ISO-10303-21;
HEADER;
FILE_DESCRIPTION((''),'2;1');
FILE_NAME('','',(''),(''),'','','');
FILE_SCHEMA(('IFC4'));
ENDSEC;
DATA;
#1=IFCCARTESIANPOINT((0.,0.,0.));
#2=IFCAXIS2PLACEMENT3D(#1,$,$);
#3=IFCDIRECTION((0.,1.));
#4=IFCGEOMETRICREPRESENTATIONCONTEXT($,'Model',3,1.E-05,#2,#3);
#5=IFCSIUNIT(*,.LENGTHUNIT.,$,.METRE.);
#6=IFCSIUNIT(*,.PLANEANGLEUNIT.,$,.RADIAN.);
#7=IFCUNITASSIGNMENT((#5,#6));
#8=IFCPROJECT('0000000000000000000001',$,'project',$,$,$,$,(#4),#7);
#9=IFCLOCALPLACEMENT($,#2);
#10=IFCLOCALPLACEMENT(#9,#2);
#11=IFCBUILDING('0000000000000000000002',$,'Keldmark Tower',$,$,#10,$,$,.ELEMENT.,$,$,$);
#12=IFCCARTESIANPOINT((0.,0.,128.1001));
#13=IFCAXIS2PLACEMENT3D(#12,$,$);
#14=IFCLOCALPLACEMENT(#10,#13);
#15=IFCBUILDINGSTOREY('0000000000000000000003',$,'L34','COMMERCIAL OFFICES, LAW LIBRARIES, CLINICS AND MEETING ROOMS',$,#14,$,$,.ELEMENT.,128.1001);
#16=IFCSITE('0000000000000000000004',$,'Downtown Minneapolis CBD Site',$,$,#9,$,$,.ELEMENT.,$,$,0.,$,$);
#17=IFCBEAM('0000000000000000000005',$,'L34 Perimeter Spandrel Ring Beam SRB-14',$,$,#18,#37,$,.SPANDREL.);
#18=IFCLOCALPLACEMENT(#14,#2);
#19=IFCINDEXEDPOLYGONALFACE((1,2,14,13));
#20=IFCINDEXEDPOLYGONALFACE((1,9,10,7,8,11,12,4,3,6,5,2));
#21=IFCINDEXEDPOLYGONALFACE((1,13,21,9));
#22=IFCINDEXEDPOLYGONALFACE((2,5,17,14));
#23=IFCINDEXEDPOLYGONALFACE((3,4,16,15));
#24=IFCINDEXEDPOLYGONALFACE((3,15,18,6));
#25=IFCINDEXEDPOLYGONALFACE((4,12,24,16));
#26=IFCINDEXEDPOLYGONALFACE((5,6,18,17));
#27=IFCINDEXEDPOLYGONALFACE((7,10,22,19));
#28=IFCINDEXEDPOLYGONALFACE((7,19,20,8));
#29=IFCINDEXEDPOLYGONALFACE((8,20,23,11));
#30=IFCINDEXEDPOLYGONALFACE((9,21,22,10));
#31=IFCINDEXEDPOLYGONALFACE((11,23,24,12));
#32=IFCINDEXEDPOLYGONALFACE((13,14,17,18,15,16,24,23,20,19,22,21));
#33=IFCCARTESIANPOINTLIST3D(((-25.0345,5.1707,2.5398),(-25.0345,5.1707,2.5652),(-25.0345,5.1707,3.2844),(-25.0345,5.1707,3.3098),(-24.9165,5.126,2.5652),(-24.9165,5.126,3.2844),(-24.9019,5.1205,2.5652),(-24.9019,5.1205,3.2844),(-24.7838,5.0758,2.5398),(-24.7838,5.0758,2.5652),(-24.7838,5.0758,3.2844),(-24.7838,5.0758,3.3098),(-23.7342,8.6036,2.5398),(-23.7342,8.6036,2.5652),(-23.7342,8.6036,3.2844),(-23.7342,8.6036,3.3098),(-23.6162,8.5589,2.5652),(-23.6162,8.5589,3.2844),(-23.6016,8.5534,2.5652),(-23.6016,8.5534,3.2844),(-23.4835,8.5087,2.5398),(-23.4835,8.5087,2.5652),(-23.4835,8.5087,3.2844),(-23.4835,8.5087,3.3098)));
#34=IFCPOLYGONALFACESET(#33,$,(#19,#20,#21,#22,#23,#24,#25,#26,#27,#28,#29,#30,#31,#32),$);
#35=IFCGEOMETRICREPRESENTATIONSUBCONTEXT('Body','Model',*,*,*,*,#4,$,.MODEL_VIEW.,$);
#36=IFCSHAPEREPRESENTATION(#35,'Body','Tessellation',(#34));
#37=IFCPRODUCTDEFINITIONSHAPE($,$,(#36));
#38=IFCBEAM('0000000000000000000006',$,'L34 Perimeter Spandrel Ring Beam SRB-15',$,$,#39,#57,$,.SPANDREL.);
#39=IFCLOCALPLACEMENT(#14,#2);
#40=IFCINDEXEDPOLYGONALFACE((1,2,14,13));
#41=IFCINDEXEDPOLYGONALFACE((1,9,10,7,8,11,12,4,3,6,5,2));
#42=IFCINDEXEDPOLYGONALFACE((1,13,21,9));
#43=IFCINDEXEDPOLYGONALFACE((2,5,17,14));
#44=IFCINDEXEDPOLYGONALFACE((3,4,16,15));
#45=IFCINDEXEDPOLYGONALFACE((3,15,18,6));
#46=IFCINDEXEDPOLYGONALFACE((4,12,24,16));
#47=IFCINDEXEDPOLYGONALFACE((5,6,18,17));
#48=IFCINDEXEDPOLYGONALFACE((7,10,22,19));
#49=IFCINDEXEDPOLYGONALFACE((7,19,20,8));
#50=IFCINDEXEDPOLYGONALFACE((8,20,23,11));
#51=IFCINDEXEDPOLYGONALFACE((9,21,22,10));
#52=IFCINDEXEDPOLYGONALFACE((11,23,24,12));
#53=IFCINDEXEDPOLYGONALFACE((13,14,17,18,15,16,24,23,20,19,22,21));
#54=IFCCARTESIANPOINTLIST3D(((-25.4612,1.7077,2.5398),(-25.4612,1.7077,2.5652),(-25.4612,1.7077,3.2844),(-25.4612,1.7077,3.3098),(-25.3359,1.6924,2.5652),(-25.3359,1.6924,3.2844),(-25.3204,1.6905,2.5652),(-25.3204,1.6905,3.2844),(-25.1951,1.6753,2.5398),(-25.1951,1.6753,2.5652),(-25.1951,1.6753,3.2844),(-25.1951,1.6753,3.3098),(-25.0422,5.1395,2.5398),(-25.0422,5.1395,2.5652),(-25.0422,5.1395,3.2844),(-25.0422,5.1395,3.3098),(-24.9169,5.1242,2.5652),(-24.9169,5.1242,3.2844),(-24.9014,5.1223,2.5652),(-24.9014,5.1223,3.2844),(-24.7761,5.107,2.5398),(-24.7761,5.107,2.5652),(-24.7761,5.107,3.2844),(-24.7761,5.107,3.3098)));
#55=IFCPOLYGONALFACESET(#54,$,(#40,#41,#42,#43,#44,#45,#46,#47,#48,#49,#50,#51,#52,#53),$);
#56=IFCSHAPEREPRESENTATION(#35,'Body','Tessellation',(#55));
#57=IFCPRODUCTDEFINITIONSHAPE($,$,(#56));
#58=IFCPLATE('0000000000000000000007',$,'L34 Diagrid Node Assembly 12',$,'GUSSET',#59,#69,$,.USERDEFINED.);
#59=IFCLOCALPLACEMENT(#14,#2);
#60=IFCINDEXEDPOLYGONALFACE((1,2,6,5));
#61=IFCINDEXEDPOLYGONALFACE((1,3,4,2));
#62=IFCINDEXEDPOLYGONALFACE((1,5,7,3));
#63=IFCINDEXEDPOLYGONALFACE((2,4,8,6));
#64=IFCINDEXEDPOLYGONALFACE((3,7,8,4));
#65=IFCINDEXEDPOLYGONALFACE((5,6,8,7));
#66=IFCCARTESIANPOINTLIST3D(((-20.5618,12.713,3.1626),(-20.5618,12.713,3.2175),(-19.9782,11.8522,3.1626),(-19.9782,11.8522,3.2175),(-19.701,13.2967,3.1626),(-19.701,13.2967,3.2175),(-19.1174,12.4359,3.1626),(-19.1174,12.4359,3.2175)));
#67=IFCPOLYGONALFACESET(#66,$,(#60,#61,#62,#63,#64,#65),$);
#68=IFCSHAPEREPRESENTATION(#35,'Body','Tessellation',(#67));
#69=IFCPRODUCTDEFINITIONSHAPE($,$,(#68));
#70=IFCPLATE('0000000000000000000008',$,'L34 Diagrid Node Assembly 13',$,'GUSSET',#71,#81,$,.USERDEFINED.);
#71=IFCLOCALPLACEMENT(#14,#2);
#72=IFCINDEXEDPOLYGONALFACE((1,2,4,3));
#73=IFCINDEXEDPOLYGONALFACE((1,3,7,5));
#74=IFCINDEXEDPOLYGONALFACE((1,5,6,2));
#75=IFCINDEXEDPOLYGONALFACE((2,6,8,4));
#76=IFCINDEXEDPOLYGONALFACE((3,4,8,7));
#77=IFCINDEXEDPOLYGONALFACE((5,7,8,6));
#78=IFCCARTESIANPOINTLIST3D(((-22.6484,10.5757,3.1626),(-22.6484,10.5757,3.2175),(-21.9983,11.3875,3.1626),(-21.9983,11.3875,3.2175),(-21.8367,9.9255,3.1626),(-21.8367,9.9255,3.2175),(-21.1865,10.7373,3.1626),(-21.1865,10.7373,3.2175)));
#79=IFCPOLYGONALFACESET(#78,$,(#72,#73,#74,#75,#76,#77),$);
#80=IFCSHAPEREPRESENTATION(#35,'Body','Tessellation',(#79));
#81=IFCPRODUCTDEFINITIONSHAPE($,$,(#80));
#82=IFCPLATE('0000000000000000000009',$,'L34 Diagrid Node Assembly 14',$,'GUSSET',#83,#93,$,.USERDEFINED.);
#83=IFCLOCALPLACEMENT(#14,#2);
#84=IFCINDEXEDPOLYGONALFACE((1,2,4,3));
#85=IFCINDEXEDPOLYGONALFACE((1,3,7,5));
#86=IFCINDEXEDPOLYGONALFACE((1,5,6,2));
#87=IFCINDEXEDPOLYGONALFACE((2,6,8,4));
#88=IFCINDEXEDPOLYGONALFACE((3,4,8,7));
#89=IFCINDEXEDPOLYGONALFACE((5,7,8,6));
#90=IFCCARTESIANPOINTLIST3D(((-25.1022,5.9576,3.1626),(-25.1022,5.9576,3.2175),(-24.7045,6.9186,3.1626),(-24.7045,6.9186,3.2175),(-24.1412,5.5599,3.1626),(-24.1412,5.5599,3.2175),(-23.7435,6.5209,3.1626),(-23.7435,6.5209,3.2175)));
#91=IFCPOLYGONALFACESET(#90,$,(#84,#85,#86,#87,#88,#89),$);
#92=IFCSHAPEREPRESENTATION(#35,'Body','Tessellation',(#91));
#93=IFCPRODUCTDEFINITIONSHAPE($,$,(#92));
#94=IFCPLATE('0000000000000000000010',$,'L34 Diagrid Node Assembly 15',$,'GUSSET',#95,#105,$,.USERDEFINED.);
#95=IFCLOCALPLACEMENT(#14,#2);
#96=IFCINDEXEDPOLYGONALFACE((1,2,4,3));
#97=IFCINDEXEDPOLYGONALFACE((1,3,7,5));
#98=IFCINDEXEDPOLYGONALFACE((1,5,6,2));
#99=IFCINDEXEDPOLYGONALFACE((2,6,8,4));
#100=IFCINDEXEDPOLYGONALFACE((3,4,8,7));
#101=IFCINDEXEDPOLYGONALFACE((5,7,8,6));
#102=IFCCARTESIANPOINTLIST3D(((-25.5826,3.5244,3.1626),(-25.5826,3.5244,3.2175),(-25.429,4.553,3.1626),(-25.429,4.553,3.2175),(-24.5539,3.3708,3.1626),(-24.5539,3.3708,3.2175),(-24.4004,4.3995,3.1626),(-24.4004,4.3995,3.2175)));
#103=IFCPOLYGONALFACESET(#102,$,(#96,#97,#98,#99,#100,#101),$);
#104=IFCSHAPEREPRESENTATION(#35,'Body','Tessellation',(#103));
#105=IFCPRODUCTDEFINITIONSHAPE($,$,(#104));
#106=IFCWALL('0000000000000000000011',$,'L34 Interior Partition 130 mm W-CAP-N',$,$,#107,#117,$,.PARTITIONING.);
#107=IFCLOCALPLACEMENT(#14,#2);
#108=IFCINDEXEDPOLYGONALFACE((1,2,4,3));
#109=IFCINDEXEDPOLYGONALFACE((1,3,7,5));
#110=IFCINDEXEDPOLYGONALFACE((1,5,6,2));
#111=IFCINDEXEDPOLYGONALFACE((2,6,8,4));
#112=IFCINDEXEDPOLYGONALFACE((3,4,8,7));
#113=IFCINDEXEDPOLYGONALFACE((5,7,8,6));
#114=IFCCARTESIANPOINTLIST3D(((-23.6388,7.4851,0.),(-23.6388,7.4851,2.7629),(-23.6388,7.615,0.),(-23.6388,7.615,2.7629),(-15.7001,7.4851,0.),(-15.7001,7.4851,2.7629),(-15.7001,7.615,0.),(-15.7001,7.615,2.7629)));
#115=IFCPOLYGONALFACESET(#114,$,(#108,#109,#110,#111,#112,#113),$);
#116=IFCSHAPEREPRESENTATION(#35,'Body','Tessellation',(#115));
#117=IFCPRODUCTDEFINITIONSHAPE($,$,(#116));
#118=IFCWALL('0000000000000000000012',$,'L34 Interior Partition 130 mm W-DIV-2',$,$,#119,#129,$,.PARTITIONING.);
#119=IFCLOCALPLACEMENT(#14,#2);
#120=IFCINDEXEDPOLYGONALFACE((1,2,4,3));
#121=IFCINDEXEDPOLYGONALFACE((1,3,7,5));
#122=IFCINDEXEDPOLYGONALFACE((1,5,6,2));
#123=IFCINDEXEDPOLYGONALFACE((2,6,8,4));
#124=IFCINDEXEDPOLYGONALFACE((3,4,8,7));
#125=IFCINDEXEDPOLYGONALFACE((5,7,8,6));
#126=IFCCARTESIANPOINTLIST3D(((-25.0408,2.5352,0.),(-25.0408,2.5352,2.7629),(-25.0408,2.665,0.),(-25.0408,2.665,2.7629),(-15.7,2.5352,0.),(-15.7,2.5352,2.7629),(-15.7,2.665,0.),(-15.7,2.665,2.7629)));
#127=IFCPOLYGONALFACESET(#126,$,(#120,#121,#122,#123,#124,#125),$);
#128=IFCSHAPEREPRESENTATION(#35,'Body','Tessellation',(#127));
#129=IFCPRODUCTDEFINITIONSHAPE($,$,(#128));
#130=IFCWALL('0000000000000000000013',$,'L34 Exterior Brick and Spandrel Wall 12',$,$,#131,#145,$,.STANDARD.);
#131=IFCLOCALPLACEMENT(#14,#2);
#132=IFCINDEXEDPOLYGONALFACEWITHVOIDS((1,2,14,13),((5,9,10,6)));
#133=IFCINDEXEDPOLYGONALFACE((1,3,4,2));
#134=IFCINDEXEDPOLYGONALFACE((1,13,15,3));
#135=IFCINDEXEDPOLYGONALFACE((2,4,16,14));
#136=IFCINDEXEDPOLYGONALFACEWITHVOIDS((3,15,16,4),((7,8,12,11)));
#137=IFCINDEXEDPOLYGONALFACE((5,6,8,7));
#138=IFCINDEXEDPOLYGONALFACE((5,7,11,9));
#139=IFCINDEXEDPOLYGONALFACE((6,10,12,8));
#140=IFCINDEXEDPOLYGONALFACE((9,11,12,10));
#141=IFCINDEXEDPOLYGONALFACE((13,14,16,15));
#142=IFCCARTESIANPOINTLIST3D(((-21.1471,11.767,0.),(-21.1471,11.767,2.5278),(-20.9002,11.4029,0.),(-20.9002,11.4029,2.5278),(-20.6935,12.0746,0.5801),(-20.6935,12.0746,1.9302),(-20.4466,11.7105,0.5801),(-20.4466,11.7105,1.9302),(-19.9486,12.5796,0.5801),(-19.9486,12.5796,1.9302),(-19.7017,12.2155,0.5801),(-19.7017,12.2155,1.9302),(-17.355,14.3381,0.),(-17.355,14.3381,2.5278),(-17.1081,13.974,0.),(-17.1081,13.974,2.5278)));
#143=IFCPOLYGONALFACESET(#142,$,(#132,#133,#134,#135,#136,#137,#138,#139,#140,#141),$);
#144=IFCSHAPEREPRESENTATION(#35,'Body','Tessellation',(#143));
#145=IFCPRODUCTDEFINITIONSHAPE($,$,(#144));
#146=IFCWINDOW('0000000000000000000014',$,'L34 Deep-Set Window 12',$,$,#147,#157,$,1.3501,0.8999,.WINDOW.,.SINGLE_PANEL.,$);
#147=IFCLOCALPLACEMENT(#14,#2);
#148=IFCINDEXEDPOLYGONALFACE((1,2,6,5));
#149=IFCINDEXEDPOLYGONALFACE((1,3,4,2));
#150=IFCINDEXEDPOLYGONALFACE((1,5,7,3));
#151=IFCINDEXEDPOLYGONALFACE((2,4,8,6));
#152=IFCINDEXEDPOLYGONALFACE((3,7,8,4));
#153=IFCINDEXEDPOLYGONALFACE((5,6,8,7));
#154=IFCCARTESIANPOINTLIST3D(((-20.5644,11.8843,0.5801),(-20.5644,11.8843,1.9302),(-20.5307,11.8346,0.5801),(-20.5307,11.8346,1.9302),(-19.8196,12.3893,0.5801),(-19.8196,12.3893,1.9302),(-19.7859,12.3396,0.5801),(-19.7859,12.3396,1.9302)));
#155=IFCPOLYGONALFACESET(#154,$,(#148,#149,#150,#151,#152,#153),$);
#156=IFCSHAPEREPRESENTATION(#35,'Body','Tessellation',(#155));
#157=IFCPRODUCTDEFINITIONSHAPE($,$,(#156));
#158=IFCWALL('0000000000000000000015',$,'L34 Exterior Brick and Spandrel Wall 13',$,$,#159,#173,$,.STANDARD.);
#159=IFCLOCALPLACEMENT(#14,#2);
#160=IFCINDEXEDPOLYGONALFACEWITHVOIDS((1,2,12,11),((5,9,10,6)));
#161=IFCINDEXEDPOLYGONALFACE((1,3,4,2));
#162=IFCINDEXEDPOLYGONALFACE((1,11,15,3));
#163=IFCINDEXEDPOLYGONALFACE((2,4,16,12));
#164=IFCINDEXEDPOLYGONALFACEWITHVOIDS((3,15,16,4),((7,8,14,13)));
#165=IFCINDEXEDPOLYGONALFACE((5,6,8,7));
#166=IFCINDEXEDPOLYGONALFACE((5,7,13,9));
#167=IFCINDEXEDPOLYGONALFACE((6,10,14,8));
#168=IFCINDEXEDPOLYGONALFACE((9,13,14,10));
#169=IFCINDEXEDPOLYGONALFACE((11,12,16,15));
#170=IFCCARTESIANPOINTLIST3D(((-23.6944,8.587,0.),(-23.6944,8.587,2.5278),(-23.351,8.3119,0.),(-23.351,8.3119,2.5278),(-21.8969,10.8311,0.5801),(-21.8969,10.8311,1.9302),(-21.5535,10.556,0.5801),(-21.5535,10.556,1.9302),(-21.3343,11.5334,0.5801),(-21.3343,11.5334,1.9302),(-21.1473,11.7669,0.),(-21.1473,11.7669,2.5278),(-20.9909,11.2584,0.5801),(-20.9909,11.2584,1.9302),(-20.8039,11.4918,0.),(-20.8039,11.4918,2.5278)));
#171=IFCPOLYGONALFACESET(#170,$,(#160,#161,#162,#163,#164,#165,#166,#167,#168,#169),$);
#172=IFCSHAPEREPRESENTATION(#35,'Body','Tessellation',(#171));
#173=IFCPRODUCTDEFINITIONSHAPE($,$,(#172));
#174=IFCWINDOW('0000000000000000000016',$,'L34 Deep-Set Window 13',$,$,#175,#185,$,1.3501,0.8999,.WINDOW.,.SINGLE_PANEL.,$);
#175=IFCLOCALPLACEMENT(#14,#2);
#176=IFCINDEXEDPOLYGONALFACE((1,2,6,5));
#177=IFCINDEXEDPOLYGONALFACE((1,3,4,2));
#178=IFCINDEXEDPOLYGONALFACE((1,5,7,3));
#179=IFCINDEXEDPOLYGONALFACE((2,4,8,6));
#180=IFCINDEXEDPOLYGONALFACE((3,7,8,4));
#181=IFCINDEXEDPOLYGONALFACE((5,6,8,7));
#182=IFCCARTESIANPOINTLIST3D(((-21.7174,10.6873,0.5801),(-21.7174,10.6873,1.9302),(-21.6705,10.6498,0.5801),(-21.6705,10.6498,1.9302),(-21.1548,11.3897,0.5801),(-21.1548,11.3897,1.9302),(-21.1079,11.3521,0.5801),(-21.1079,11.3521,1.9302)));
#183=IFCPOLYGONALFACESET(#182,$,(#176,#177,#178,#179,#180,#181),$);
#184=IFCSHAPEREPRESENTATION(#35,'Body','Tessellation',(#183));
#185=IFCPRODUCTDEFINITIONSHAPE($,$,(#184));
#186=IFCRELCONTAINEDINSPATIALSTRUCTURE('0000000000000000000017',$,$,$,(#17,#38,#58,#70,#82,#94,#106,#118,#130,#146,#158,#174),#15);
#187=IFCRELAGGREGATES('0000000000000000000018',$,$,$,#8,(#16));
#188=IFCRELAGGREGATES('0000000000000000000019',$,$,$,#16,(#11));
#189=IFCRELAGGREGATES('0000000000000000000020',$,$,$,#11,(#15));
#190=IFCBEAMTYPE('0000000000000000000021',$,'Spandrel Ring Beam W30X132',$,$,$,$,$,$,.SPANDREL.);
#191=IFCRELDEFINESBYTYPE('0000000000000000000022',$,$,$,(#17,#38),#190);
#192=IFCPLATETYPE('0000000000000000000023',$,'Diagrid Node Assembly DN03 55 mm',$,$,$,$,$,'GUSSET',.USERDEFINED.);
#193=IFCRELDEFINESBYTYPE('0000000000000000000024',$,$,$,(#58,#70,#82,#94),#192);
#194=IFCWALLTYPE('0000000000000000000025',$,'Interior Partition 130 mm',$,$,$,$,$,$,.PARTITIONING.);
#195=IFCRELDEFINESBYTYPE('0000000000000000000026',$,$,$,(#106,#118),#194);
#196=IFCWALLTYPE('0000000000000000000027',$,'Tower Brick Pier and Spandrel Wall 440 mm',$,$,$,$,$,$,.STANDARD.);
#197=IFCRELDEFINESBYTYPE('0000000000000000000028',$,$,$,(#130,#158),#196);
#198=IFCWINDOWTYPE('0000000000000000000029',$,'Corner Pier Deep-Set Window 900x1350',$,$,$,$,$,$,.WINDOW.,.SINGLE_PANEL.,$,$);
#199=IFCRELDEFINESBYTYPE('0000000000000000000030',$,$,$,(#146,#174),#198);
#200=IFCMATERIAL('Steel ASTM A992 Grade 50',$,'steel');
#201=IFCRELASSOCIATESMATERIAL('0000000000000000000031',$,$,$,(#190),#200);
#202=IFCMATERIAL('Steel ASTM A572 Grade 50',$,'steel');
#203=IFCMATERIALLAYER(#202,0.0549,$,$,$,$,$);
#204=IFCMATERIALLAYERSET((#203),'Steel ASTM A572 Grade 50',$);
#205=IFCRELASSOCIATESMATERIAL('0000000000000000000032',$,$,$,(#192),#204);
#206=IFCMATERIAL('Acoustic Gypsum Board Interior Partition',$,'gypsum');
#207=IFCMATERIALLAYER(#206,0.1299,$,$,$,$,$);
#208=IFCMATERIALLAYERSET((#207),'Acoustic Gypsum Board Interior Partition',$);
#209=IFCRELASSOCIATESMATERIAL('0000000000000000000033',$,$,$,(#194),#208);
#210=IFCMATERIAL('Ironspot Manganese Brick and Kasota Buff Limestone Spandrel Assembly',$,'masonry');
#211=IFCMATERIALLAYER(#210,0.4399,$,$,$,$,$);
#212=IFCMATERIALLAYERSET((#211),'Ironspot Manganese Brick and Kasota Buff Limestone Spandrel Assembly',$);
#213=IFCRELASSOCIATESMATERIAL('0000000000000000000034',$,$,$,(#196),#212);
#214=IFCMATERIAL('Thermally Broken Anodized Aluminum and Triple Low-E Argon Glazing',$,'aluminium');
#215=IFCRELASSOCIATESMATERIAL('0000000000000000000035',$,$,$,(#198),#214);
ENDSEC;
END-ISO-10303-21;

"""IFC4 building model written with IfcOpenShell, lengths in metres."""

from ifc_helpers import new_model, si_unit, direction, frame, frame_2d, origin, origin_2d, place, context, subcontext, project, spatial, rectangle, i_section, extrude, material, layer, layer_set, material_profile, profile_set, type_object, element, fill, save


model = new_model("IFC4")

# Units and contexts
model_context = context("Model", 3, precision=1e-05, world=origin(), true_north=direction((0.0, 1.0)))
body_context = subcontext(model_context, "Body", "Model", "MODEL_VIEW")
ifc_project = project(units=[si_unit("LENGTHUNIT", "METRE"), si_unit("PLANEANGLEUNIT", "RADIAN")], contexts=[model_context])

# Site, building, storey
site_placement = place(None, origin())
site = spatial("IfcSite", under=ifc_project, at=site_placement, Name="Downtown Minneapolis CBD Site", CompositionType="ELEMENT", RefElevation=0.0)
building_placement = place(site_placement, origin())
building = spatial("IfcBuilding", under=site, at=building_placement, Name="Keldmark Tower", CompositionType="ELEMENT")
storey_placement = place(building_placement, frame((0.0, 0.0, 128.1001)))
storey = spatial("IfcBuildingStorey", under=building, at=storey_placement, Name="L34", Description="COMMERCIAL OFFICES, LAW LIBRARIES, CLINICS AND MEETING ROOMS", CompositionType="ELEMENT", Elevation=128.1001)

# Beams
ifc_material_1 = material(Name="Steel ASTM A992 Grade 50", Category="steel")
ifc_material_profile_1 = material_profile(ifc_material_1, i_section(OverallWidth=0.2681, OverallDepth=0.77, WebThickness=0.0156, FlangeThickness=0.0254, at=origin_2d()), Name="W30X132")
ifc_profile_set_1 = profile_set([ifc_material_profile_1], Name="Steel ASTM A992 Grade 50")
beam_type_1 = type_object("IfcBeamType", Name="Spandrel Ring Beam W30X132", PredefinedType="SPANDREL", material=ifc_profile_set_1)
beam_1_placement = place(storey_placement, frame((-23.6089, 8.5562, 2.9248), z_axis=(-0.354219, -0.935162, 0.0), x_axis=(0.935162, -0.354219, 0.0)))
element("IfcBeam", 1, at=beam_1_placement, inside=storey, type_object=beam_type_1, Name="L34 Perimeter Spandrel Ring Beam SRB-14", PredefinedType="SPANDREL", context=body_context, shape_type="SweptSolid", body=[
    extrude(i_section(OverallWidth=0.2681, OverallDepth=0.77, WebThickness=0.0156, FlangeThickness=0.0254, at=origin_2d()), origin(), (0.0, 0.0, 1.0), 3.6709),
])
beam_2_placement = place(storey_placement, frame((-24.9092, 5.1233, 2.9248), z_axis=(-0.121175, -0.992631, 0.0), x_axis=(0.992631, -0.121175, 0.0)))
element("IfcBeam", 2, at=beam_2_placement, inside=storey, type_object=beam_type_1, Name="L34 Perimeter Spandrel Ring Beam SRB-15", PredefinedType="SPANDREL", context=body_context, shape_type="SweptSolid", body=[
    extrude(i_section(OverallWidth=0.2681, OverallDepth=0.77, WebThickness=0.0156, FlangeThickness=0.0254, at=origin_2d()), origin(), (0.0, 0.0, 1.0), 3.4573),
])

# Plates
ifc_material_2 = material(Name="Steel ASTM A572 Grade 50", Category="steel")
ifc_layer_1 = layer(ifc_material_2, 0.0549)
ifc_layer_set_1 = layer_set([ifc_layer_1], Name="Steel ASTM A572 Grade 50")
plate_type = type_object("IfcPlateType", Name="Diagrid Node Assembly DN03 55 mm", ElementType="GUSSET", PredefinedType="USERDEFINED", material=ifc_layer_set_1)
for number, where, z_axis, x_axis, name in (
    (3, (-19.8396, 12.5745, 3.1626), (0.0, 0.0, 1.0), (-0.827669, -0.561217, 0.0), "L34 Diagrid Node Assembly 12"),
    (4, (-21.9175, 10.6565, 3.1626), (0.0, 0.0, 1.0), (-0.625106, -0.78054, 0.0), "L34 Diagrid Node Assembly 13"),
    (5, (-24.4229, 6.2393, 3.1626), (0.0, 0.0, 1.0), (-0.382361, -0.924013, 0.0), "L34 Diagrid Node Assembly 14"),
    (6, (-24.9915, 3.9619, 3.1626), (0.0, 0.0, 1.0), (-0.147637, -0.989042, 0.0), "L34 Diagrid Node Assembly 15"),
):
    element("IfcPlate", number, at=place(storey_placement, frame(where, z_axis=z_axis, x_axis=x_axis)), inside=storey, type_object=plate_type, Name=name, ObjectType="GUSSET", PredefinedType="USERDEFINED", context=body_context, shape_type="SweptSolid", body=[
        extrude(rectangle(XDim=1.04, YDim=1.04, at=origin_2d()), origin(), (0.0, 0.0, 1.0), 0.0549),
    ])

# Walls
ifc_material_3 = material(Name="Acoustic Gypsum Board Interior Partition", Category="gypsum")
ifc_layer_2 = layer(ifc_material_3, 0.1299)
ifc_layer_set_2 = layer_set([ifc_layer_2], Name="Acoustic Gypsum Board Interior Partition")
wall_type_1 = type_object("IfcWallType", Name="Interior Partition 130 mm", PredefinedType="PARTITIONING", material=ifc_layer_set_2)
wall_1_placement = place(storey_placement, frame((-23.6387, 7.55, 0.0), z_axis=(0.0, 0.0, 1.0), x_axis=(1.0, 0.0, 0.0)))
element("IfcWall", 7, at=wall_1_placement, inside=storey, type_object=wall_type_1, Name="L34 Interior Partition 130 mm W-CAP-N", PredefinedType="PARTITIONING", context=body_context, shape_type="SweptSolid", body=[
    extrude(rectangle(XDim=7.9387, YDim=0.1299, at=frame_2d((3.9692, 0.0))), origin(), (0.0, 0.0, 1.0), 2.7629),
])
wall_2_placement = place(storey_placement, frame((-25.0408, 2.6001, 0.0), z_axis=(0.0, 0.0, 1.0), x_axis=(1.0, 0.0, 0.0)))
element("IfcWall", 8, at=wall_2_placement, inside=storey, type_object=wall_type_1, Name="L34 Interior Partition 130 mm W-DIV-2", PredefinedType="PARTITIONING", context=body_context, shape_type="SweptSolid", body=[
    extrude(rectangle(XDim=9.3408, YDim=0.1299, at=frame_2d((4.6704, 0.0))), origin(), (0.0, 0.0, 1.0), 2.7629),
])

# Walls, openings, windows
ifc_material_4 = material(Name="Ironspot Manganese Brick and Kasota Buff Limestone Spandrel Assembly", Category="masonry")
ifc_layer_3 = layer(ifc_material_4, 0.4399)
ifc_layer_set_3 = layer_set([ifc_layer_3], Name="Ironspot Manganese Brick and Kasota Buff Limestone Spandrel Assembly")
wall_type_2 = type_object("IfcWallType", Name="Tower Brick Pier and Spandrel Wall 440 mm", PredefinedType="STANDARD", material=ifc_layer_set_3)
wall_3_placement = place(storey_placement, frame((-21.0237, 11.585, 0.0), z_axis=(0.0, 0.0, 1.0), x_axis=(0.827688, 0.561189, 0.0)))
wall_3 = element("IfcWall", 9, at=wall_3_placement, inside=storey, type_object=wall_type_2, Name="L34 Exterior Brick and Spandrel Wall 12", PredefinedType="STANDARD", context=body_context, shape_type="SweptSolid", body=[
    extrude(rectangle(XDim=4.5815, YDim=0.4399, at=frame_2d((2.2908, 0.0))), origin(), (0.0, 0.0, 1.0), 2.5278),
])
opening_1_placement = place(wall_3_placement, frame((0.5481, 0.0, 0.5801)))
opening_1 = element("IfcOpeningElement", 10, at=opening_1_placement, cuts=wall_3, PredefinedType="OPENING", context=body_context, shape_type="SweptSolid", body=[
    extrude(rectangle(XDim=0.8999, YDim=1.3501, at=frame_2d((0.45, 0.675))), frame((0.0, 0.23, 0.0), z_axis=(0.0, -1.0, 0.0), x_axis=(1.0, 0.0, 0.0)), (0.0, 0.0, 1.0), 0.46),
])
ifc_material_5 = material(Name="Thermally Broken Anodized Aluminum and Triple Low-E Argon Glazing", Category="aluminium")
window_type = type_object("IfcWindowType", Name="Corner Pier Deep-Set Window 900x1350", PartitioningType="SINGLE_PANEL", PredefinedType="WINDOW", material=ifc_material_5)
window_1_placement = place(opening_1_placement, origin())
window_1 = element("IfcWindow", 11, at=window_1_placement, inside=storey, type_object=window_type, Name="L34 Deep-Set Window 12", OverallHeight=1.3501, OverallWidth=0.8999, PartitioningType="SINGLE_PANEL", PredefinedType="WINDOW", context=body_context, shape_type="SweptSolid", body=[
    extrude(rectangle(XDim=0.8999, YDim=1.3501, at=frame_2d((0.45, 0.675))), frame((0.0, -0.01, 0.0), z_axis=(0.0, -1.0, 0.0), x_axis=(1.0, 0.0, 0.0)), (0.0, 0.0, 1.0), 0.0601),
])
fill(opening_1, window_1)
wall_4_placement = place(storey_placement, frame((-23.5227, 8.4495, 0.0), z_axis=(0.0, 0.0, 1.0), x_axis=(0.62517, 0.780489, 0.0)))
wall_4 = element("IfcWall", 12, at=wall_4_placement, inside=storey, type_object=wall_type_2, Name="L34 Exterior Brick and Spandrel Wall 13", PredefinedType="STANDARD", context=body_context, shape_type="SweptSolid", body=[
    extrude(rectangle(XDim=4.0742, YDim=0.4399, at=frame_2d((2.0371, 0.0))), origin(), (0.0, 0.0, 1.0), 2.5278),
])
opening_2_placement = place(wall_4_placement, frame((2.8752, 0.0, 0.5801)))
opening_2 = element("IfcOpeningElement", 13, at=opening_2_placement, cuts=wall_4, PredefinedType="OPENING", context=body_context, shape_type="SweptSolid", body=[
    extrude(rectangle(XDim=0.8999, YDim=1.3501, at=frame_2d((0.45, 0.675))), frame((0.0, 0.23, 0.0), z_axis=(0.0, -1.0, 0.0), x_axis=(1.0, 0.0, 0.0)), (0.0, 0.0, 1.0), 0.46),
])
window_2_placement = place(opening_2_placement, origin())
window_2 = element("IfcWindow", 14, at=window_2_placement, inside=storey, type_object=window_type, Name="L34 Deep-Set Window 13", OverallHeight=1.3501, OverallWidth=0.8999, PartitioningType="SINGLE_PANEL", PredefinedType="WINDOW", context=body_context, shape_type="SweptSolid", body=[
    extrude(rectangle(XDim=0.8999, YDim=1.3501, at=frame_2d((0.45, 0.675))), frame((0.0, -0.01, 0.0), z_axis=(0.0, -1.0, 0.0), x_axis=(1.0, 0.0, 0.0)), (0.0, 0.0, 1.0), 0.0601),
])
fill(opening_2, window_2)

save(model, "model.ifc")
